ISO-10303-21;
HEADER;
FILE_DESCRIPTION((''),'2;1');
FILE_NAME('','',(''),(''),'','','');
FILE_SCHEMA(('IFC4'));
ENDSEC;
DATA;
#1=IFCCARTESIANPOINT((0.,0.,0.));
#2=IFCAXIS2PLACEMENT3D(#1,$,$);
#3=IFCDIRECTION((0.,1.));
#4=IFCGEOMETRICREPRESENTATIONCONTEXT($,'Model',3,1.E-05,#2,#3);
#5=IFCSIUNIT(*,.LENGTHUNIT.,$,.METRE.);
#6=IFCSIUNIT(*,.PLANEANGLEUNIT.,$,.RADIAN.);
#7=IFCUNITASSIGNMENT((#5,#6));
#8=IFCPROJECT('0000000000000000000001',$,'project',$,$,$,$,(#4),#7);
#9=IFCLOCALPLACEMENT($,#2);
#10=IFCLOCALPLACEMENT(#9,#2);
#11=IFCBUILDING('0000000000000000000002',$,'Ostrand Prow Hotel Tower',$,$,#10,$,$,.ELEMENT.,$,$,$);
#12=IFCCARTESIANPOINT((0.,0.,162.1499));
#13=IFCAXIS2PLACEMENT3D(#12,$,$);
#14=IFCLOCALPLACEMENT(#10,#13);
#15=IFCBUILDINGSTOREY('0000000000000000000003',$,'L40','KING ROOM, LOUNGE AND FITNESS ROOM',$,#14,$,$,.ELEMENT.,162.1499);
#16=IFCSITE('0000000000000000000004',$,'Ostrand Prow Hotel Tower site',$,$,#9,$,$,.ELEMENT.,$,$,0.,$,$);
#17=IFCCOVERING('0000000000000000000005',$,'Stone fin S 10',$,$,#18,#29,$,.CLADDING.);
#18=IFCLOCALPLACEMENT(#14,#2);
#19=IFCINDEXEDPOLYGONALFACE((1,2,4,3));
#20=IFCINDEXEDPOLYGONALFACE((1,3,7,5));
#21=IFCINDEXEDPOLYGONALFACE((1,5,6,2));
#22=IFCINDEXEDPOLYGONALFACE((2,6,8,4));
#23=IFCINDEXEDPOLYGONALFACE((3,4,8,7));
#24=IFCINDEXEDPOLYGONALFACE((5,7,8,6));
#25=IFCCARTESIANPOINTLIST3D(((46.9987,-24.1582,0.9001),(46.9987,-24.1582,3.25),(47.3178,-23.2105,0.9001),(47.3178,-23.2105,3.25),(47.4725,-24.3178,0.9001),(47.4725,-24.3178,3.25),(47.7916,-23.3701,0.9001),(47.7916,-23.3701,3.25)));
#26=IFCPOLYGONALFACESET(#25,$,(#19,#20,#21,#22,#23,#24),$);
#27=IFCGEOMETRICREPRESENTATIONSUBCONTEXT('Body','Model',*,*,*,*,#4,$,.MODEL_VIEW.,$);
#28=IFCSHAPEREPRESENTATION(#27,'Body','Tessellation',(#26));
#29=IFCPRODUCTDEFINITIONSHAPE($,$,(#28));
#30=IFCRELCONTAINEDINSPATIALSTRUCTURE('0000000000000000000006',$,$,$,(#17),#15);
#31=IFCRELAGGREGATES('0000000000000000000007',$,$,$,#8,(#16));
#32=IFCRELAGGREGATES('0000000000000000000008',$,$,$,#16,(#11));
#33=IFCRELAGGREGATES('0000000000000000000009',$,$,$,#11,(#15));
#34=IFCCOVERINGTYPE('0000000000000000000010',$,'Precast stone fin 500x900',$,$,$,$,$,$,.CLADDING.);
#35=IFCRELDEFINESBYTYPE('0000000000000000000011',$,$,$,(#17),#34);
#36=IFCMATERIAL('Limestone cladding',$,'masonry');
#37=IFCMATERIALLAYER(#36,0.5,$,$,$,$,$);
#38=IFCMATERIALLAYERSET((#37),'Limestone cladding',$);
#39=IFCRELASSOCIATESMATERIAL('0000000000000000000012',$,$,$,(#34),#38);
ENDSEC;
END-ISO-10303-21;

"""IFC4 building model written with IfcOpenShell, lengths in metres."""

from ifc_helpers import new_model, si_unit, direction, frame, frame_2d, origin, place, context, subcontext, project, spatial, rectangle, extrude, material, layer, layer_set, type_object, element, save


model = new_model("IFC4")

# Units and contexts
model_context = context("Model", 3, precision=1e-05, world=origin(), true_north=direction((0.0, 1.0)))
body_context = subcontext(model_context, "Body", "Model", "MODEL_VIEW")
ifc_project = project(units=[si_unit("LENGTHUNIT", "METRE"), si_unit("PLANEANGLEUNIT", "RADIAN")], contexts=[model_context])

# Site, building, storey
site_placement = place(None, origin())
site = spatial("IfcSite", under=ifc_project, at=site_placement, Name="Ostrand Prow Hotel Tower site", CompositionType="ELEMENT", RefElevation=0.0)
building_placement = place(site_placement, origin())
building = spatial("IfcBuilding", under=site, at=building_placement, Name="Ostrand Prow Hotel Tower", CompositionType="ELEMENT")
storey_placement = place(building_placement, frame((0.0, 0.0, 162.1499)))
storey = spatial("IfcBuildingStorey", under=building, at=storey_placement, Name="L40", Description="KING ROOM, LOUNGE AND FITNESS ROOM", CompositionType="ELEMENT", Elevation=162.1499)

# Covering
ifc_material_1 = material(Name="Limestone cladding", Category="masonry")
ifc_layer_1 = layer(ifc_material_1, 0.5)
ifc_layer_set_1 = layer_set([ifc_layer_1], Name="Limestone cladding")
covering_type = type_object("IfcCoveringType", Name="Precast stone fin 500x900", PredefinedType="CLADDING", material=ifc_layer_set_1)
covering_placement = place(storey_placement, frame((47.5547, -23.2903, 0.9001), z_axis=(0.0, 0.0, 1.0), x_axis=(-0.319083, -0.947727, 0.0)))
element("IfcCovering", 1, at=covering_placement, inside=storey, type_object=covering_type, Name="Stone fin S 10", PredefinedType="CLADDING", context=body_context, shape_type="SweptSolid", body=[
    extrude(rectangle(XDim=1.0, YDim=0.5, at=frame_2d((0.5, 0.0))), origin(), (0.0, 0.0, 1.0), 2.3499),
])

save(model, "model.ifc")
